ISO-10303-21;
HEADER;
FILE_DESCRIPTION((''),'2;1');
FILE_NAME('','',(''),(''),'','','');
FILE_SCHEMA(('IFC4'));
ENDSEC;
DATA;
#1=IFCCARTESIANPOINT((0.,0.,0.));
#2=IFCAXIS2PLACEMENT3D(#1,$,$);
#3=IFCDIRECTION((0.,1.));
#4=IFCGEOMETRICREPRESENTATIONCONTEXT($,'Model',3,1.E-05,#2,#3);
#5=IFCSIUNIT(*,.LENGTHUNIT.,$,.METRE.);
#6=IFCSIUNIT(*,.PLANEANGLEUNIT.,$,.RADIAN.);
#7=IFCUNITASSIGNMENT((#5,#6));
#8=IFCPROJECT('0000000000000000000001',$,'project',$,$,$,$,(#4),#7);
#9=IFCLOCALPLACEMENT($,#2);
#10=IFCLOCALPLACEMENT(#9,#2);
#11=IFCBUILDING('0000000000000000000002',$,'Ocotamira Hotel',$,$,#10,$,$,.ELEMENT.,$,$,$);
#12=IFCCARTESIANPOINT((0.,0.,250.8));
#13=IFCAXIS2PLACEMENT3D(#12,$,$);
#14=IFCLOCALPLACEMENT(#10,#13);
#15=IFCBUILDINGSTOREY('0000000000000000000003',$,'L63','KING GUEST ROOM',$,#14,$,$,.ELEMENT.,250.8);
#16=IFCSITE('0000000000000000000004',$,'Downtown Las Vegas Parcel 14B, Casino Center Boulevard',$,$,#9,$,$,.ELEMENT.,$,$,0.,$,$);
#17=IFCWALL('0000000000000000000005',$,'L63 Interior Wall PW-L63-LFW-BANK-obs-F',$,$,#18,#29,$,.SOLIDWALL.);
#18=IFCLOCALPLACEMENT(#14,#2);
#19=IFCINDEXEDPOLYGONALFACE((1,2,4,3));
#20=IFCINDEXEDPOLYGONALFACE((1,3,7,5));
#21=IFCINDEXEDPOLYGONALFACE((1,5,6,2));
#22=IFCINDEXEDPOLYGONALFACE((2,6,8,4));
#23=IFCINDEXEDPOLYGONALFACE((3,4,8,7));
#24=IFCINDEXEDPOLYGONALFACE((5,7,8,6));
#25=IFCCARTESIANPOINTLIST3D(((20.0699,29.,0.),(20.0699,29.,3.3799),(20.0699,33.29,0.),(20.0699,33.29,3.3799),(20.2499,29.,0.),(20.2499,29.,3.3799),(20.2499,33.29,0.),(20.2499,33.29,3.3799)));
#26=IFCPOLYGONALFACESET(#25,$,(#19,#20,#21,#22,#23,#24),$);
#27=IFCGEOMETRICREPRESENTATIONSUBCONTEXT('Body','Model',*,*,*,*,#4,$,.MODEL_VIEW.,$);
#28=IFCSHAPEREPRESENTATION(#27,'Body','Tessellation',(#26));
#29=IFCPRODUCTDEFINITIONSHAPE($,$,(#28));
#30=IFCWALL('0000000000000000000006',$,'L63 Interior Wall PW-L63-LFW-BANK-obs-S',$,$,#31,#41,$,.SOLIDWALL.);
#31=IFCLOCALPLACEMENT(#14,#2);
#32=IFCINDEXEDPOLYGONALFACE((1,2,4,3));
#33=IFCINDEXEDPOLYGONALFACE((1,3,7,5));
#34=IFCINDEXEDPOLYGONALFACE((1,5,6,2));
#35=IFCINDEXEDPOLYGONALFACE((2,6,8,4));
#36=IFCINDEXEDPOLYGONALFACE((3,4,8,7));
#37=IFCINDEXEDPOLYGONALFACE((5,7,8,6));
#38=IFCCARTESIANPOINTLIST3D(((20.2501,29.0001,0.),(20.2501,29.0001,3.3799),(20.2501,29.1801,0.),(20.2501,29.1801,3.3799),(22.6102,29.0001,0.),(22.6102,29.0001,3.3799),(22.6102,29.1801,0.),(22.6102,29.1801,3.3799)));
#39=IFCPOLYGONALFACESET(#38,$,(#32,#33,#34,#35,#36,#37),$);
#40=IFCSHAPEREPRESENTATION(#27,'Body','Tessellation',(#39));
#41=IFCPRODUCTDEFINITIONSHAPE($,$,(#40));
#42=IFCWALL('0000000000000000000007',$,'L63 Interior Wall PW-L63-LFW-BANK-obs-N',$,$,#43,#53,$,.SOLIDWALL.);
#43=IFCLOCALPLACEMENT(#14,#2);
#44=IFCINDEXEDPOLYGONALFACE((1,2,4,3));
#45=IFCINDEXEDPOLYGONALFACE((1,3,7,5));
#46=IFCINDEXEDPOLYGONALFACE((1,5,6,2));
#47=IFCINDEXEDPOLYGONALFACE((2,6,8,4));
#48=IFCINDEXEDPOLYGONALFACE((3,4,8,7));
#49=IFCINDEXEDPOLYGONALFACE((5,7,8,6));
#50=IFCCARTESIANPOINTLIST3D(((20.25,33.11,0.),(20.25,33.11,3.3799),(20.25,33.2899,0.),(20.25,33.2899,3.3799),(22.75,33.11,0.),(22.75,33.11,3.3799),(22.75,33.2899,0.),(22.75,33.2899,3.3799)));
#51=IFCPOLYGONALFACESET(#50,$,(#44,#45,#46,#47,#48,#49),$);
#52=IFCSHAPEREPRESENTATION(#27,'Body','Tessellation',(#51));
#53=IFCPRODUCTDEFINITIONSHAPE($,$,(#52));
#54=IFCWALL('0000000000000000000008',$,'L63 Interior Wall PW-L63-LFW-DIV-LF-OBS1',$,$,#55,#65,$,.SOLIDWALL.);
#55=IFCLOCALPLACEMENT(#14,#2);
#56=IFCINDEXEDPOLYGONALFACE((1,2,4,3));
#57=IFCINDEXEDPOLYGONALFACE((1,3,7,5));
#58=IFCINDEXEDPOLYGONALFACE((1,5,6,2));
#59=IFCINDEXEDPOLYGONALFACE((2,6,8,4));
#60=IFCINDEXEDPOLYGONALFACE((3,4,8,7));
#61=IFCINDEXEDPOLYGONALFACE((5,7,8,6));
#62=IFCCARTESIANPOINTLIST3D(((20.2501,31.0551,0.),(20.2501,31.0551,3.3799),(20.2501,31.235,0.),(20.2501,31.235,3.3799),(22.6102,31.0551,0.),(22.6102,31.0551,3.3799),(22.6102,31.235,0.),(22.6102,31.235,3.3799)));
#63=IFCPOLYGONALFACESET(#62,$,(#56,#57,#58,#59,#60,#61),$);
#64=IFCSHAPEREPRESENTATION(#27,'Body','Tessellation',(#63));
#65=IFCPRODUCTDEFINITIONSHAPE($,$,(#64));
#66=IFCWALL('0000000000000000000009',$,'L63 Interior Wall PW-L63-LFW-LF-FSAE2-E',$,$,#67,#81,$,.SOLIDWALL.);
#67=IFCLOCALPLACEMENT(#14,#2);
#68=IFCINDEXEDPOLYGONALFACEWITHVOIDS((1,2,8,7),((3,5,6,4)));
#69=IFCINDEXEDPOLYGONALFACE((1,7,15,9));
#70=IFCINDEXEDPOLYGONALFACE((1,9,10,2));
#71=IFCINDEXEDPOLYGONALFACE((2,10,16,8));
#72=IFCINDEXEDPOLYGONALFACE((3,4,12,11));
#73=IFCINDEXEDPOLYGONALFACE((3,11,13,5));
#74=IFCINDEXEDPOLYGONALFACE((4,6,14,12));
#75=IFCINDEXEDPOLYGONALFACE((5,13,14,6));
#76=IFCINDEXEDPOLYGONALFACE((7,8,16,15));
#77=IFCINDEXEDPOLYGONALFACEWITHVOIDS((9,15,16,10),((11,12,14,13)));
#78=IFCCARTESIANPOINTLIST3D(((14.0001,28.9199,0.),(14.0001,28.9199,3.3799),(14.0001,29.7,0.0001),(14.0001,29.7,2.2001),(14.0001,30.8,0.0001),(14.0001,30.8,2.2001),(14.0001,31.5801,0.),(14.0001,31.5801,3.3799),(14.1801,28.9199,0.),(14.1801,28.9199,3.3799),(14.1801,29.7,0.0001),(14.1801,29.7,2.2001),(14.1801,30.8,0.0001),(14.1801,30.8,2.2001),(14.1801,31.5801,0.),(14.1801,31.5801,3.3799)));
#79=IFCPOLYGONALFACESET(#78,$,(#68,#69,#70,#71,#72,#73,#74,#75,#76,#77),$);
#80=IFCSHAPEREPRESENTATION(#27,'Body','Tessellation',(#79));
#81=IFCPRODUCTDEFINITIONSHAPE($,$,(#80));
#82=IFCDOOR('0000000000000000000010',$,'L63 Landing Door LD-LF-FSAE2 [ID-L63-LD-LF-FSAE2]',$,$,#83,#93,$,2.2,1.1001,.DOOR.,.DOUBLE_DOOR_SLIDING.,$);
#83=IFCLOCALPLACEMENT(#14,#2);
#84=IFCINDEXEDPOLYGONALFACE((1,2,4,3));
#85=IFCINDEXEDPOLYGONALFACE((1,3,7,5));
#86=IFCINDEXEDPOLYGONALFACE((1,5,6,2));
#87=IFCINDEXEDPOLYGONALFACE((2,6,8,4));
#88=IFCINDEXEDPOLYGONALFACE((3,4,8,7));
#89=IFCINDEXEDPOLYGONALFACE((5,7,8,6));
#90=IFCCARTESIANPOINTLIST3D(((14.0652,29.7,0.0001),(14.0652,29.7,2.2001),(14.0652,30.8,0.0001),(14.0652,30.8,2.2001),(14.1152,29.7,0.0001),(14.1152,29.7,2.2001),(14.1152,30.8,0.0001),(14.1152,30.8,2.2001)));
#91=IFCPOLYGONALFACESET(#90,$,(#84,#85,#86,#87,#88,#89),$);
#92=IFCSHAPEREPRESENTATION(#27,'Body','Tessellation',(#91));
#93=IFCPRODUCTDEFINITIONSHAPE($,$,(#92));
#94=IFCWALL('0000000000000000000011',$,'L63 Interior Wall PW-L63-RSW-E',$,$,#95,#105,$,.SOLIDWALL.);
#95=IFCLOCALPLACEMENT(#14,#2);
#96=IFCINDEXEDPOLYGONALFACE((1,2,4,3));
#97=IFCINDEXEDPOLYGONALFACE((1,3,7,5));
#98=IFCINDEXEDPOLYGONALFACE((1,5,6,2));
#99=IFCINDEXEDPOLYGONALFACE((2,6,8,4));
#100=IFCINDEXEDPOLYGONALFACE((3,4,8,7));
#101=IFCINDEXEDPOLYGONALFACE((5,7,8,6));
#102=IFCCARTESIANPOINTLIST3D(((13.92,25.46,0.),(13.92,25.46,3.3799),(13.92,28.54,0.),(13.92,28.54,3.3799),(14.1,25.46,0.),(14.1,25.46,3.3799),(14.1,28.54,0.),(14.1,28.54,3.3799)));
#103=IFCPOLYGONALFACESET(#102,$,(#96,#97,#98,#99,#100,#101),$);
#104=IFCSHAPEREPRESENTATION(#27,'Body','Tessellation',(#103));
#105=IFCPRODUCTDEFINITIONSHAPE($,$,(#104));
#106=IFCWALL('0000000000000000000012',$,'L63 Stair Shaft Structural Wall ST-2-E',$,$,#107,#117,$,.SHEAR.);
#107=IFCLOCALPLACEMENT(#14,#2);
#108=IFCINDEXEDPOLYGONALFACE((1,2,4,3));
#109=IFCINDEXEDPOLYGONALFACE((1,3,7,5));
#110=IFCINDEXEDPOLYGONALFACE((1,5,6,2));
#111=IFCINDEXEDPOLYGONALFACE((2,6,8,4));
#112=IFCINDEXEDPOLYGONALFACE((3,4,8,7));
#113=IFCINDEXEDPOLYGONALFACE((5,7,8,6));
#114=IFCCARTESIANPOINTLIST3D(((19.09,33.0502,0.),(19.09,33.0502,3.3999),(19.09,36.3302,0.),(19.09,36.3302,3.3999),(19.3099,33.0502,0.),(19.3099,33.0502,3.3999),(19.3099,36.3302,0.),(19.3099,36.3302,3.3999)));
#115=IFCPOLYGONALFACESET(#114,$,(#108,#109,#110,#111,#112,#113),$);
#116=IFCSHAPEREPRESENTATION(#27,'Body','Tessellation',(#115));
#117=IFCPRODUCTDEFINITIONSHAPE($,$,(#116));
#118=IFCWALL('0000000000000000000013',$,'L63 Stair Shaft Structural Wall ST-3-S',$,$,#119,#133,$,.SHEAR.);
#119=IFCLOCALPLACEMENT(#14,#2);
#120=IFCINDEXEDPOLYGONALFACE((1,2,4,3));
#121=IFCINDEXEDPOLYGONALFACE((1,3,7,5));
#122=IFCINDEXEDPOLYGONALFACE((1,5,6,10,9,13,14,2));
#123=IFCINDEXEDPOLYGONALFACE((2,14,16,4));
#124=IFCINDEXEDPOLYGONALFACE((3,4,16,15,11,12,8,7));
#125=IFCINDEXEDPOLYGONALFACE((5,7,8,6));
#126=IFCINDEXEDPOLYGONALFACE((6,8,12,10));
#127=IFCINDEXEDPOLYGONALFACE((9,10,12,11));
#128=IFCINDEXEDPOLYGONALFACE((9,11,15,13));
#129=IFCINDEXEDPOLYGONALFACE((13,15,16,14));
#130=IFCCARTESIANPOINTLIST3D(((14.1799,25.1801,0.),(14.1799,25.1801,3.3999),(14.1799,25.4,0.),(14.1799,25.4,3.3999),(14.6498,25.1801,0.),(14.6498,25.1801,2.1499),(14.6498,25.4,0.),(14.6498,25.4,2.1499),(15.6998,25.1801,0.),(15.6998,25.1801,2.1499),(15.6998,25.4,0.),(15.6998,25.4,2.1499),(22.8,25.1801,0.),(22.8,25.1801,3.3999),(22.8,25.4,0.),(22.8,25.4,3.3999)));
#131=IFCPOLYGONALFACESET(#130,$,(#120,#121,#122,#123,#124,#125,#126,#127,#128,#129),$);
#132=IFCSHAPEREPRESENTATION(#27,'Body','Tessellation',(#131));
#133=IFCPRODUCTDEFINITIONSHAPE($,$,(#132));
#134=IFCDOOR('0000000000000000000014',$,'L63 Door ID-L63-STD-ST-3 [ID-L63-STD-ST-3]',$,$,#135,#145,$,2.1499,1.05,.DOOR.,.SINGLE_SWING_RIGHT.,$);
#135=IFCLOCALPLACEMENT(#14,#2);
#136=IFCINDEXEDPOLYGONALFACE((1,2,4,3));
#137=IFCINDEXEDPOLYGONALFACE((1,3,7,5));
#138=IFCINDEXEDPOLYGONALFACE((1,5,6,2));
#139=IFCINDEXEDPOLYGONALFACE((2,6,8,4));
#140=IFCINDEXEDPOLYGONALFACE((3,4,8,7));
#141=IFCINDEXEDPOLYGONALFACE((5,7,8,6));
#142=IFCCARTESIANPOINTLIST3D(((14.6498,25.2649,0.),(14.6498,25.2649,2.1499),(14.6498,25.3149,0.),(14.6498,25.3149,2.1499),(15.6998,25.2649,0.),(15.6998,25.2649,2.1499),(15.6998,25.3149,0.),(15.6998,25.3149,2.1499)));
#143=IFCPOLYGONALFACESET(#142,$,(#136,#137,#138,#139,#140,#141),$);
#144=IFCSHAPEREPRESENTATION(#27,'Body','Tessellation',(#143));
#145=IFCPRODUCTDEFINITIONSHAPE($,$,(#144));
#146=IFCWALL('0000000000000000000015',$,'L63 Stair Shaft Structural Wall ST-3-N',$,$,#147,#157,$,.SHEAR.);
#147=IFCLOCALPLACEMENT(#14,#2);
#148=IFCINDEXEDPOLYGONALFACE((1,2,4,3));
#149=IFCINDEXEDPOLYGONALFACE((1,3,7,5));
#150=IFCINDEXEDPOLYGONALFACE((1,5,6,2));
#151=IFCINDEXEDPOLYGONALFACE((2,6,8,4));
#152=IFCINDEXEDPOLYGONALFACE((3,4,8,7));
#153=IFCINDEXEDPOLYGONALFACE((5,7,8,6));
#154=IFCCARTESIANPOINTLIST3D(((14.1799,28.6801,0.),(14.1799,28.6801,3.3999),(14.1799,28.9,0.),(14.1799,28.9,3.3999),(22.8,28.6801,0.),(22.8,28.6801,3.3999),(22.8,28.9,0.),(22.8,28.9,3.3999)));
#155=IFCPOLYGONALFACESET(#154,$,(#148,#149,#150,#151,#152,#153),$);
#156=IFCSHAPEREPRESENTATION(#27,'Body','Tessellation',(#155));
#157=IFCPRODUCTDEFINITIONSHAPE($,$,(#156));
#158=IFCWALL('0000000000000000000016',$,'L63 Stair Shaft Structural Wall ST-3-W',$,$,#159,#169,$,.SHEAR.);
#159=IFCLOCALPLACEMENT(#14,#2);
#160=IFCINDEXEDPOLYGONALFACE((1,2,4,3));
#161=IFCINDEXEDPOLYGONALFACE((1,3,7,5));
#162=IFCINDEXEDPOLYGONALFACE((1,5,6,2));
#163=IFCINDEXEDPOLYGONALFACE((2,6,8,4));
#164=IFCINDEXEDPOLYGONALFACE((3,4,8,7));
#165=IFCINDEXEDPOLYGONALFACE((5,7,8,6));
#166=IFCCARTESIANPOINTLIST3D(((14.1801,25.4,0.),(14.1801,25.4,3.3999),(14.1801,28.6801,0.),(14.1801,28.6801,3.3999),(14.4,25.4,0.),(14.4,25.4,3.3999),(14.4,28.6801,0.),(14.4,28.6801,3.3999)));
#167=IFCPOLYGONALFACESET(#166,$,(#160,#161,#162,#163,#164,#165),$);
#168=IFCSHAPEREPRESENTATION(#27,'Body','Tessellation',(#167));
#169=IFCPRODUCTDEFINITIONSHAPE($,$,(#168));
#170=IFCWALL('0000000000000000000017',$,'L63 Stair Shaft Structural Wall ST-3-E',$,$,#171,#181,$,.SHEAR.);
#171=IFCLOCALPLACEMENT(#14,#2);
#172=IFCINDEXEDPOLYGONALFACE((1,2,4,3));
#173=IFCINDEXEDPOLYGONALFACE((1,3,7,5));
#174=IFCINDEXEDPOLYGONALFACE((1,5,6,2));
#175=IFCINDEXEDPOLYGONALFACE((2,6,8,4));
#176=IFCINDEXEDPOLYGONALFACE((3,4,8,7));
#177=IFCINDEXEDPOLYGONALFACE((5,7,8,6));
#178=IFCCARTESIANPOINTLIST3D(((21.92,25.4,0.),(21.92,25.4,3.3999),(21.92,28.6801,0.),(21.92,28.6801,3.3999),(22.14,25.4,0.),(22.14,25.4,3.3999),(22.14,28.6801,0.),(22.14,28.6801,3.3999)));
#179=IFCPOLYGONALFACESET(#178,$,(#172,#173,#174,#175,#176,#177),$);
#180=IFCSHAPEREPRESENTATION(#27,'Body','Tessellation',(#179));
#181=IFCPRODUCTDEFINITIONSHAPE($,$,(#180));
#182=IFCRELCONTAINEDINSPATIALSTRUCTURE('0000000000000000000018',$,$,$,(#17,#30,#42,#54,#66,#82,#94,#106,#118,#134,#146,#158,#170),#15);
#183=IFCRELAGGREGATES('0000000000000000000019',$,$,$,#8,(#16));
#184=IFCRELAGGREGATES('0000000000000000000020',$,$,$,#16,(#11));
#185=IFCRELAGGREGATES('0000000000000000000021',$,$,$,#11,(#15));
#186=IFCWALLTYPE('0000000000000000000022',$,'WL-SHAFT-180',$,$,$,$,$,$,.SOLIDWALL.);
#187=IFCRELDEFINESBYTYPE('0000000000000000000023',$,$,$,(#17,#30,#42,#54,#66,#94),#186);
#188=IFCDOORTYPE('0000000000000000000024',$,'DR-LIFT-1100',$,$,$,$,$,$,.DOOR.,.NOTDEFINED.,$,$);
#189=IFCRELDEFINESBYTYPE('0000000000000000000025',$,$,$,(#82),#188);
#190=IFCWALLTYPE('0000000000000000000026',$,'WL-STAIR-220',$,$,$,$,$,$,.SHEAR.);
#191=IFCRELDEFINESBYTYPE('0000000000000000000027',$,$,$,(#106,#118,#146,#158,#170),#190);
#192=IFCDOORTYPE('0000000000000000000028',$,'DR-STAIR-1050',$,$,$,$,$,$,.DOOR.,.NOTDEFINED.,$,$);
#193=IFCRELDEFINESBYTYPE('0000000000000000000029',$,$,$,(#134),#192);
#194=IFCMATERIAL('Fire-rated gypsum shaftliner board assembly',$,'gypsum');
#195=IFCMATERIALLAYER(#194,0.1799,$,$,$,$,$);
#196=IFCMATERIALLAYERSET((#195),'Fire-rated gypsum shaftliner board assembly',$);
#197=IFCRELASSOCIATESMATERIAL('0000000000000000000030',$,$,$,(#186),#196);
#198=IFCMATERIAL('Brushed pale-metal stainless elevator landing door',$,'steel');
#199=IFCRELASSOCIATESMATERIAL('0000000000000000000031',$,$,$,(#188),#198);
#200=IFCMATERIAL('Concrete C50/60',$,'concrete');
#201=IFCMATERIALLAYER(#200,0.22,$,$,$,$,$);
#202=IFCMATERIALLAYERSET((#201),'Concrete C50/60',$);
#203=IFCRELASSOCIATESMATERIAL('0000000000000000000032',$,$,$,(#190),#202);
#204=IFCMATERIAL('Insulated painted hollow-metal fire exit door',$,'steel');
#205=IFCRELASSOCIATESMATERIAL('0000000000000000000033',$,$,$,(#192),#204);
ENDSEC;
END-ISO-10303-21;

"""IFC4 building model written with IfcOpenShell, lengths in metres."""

from ifc_helpers import new_model, si_unit, direction, frame, frame_2d, origin, place, context, subcontext, project, spatial, rectangle, extrude, source, transform, mapped, material, layer, layer_set, type_object, element, fill, save


model = new_model("IFC4")

# Units and contexts
model_context = context("Model", 3, precision=1e-05, world=origin(), true_north=direction((0.0, 1.0)))
body_context = subcontext(model_context, "Body", "Model", "MODEL_VIEW")
ifc_project = project(units=[si_unit("LENGTHUNIT", "METRE"), si_unit("PLANEANGLEUNIT", "RADIAN")], contexts=[model_context])

# Site, building, storey
site_placement = place(None, origin())
site = spatial("IfcSite", under=ifc_project, at=site_placement, Name="Downtown Las Vegas Parcel 14B, Casino Center Boulevard", CompositionType="ELEMENT", RefElevation=0.0)
building_placement = place(site_placement, origin())
building = spatial("IfcBuilding", under=site, at=building_placement, Name="Ocotamira Hotel", CompositionType="ELEMENT")
storey_placement = place(building_placement, frame((0.0, 0.0, 250.8)))
storey = spatial("IfcBuildingStorey", under=building, at=storey_placement, Name="L63", Description="KING GUEST ROOM", CompositionType="ELEMENT", Elevation=250.8)

# Walls
ifc_material_1 = material(Name="Fire-rated gypsum shaftliner board assembly", Category="gypsum")
ifc_layer_1 = layer(ifc_material_1, 0.1799)
ifc_layer_set_1 = layer_set([ifc_layer_1], Name="Fire-rated gypsum shaftliner board assembly")
wall_type_1 = type_object("IfcWallType", Name="WL-SHAFT-180", PredefinedType="SOLIDWALL", material=ifc_layer_set_1)
wall_1_placement = place(storey_placement, frame((20.1599, 29.0, 0.0), z_axis=(0.0, 0.0, 1.0), x_axis=(0.0, 1.0, 0.0)))
element("IfcWall", 1, at=wall_1_placement, inside=storey, type_object=wall_type_1, Name="L63 Interior Wall PW-L63-LFW-BANK-obs-F", PredefinedType="SOLIDWALL", context=body_context, shape_type="SweptSolid", body=[
    extrude(rectangle(XDim=4.29, YDim=0.1799, at=frame_2d((2.145, 0.0))), origin(), (0.0, 0.0, 1.0), 3.3799),
])
wall_2_placement = place(storey_placement, frame((20.25, 29.0901, 0.0), z_axis=(0.0, 0.0, 1.0), x_axis=(1.0, 0.0, 0.0)))
element("IfcWall", 2, at=wall_2_placement, inside=storey, type_object=wall_type_1, Name="L63 Interior Wall PW-L63-LFW-BANK-obs-S", PredefinedType="SOLIDWALL", context=body_context, shape_type="SweptSolid", body=[
    extrude(rectangle(XDim=2.3601, YDim=0.1799, at=frame_2d((1.1802, 0.0))), origin(), (0.0, 0.0, 1.0), 3.3799),
])
wall_3_placement = place(storey_placement, frame((20.25, 33.2, 0.0), z_axis=(0.0, 0.0, 1.0), x_axis=(1.0, 0.0, 0.0)))
element("IfcWall", 3, at=wall_3_placement, inside=storey, type_object=wall_type_1, Name="L63 Interior Wall PW-L63-LFW-BANK-obs-N", PredefinedType="SOLIDWALL", context=body_context, shape_type="SweptSolid", body=[
    extrude(rectangle(XDim=2.5, YDim=0.1799, at=frame_2d((1.25, 0.0))), origin(), (0.0, 0.0, 1.0), 3.3799),
])
wall_4_placement = place(storey_placement, frame((20.25, 31.145, 0.0), z_axis=(0.0, 0.0, 1.0), x_axis=(1.0, 0.0, 0.0)))
element("IfcWall", 4, at=wall_4_placement, inside=storey, type_object=wall_type_1, Name="L63 Interior Wall PW-L63-LFW-DIV-LF-OBS1", PredefinedType="SOLIDWALL", context=body_context, shape_type="SweptSolid", body=[
    extrude(rectangle(XDim=2.3601, YDim=0.1799, at=frame_2d((1.1802, 0.0))), origin(), (0.0, 0.0, 1.0), 3.3799),
])

# Wall, opening, door
wall_5_placement = place(storey_placement, frame((14.0901, 28.9199, 0.0), z_axis=(0.0, 0.0, 1.0), x_axis=(0.0, 1.0, 0.0)))
wall_5 = element("IfcWall", 5, at=wall_5_placement, inside=storey, type_object=wall_type_1, Name="L63 Interior Wall PW-L63-LFW-LF-FSAE2-E", PredefinedType="SOLIDWALL", context=body_context, shape_type="SweptSolid", body=[
    extrude(rectangle(XDim=2.6602, YDim=0.1799, at=frame_2d((1.3301, 0.0))), origin(), (0.0, 0.0, 1.0), 3.3799),
])
opening_1_placement = place(wall_5_placement, frame((0.78, 0.0, 0.0)))
opening_1 = element("IfcOpeningElement", 6, at=opening_1_placement, cuts=wall_5, PredefinedType="OPENING", context=body_context, shape_type="SweptSolid", body=[
    extrude(rectangle(XDim=1.1001, YDim=2.2, at=frame_2d((0.55, 1.1001))), frame((0.0, 0.1001, 0.0), z_axis=(0.0, -1.0, 0.0), x_axis=(1.0, 0.0, 0.0)), (0.0, 0.0, 1.0), 0.2),
])
ifc_material_2 = material(Name="Brushed pale-metal stainless elevator landing door", Category="steel")
door_type_1 = type_object("IfcDoorType", Name="DR-LIFT-1100", OperationType="NOTDEFINED", PredefinedType="DOOR", material=ifc_material_2)
shared_shape_1 = source(origin(), body_context, "Body", "SweptSolid", [
    extrude(rectangle(XDim=1.1001, YDim=2.2, at=frame_2d((0.55, 1.1001))), frame((0.0, 0.0249, 0.0), z_axis=(0.0, -1.0, 0.0), x_axis=(1.0, 0.0, 0.0)), (0.0, 0.0, 1.0), 0.05),
])
door_1_placement = place(opening_1_placement, origin())
door_1 = element("IfcDoor", 7, at=door_1_placement, inside=storey, type_object=door_type_1, Name="L63 Landing Door LD-LF-FSAE2 [ID-L63-LD-LF-FSAE2]", OperationType="DOUBLE_DOOR_SLIDING", OverallHeight=2.2, OverallWidth=1.1001, PredefinedType="DOOR", context=body_context, shape_type="MappedRepresentation", body=[
    mapped(shared_shape_1, transform((0.0, 0.0, 0.0), scale=1.0)),
])
fill(opening_1, door_1)

# Walls
wall_6_placement = place(storey_placement, frame((14.01, 25.46, 0.0), z_axis=(0.0, 0.0, 1.0), x_axis=(0.0, 1.0, 0.0)))
element("IfcWall", 8, at=wall_6_placement, inside=storey, type_object=wall_type_1, Name="L63 Interior Wall PW-L63-RSW-E", PredefinedType="SOLIDWALL", context=body_context, shape_type="SweptSolid", body=[
    extrude(rectangle(XDim=3.0801, YDim=0.1799, at=frame_2d((1.54, 0.0))), origin(), (0.0, 0.0, 1.0), 3.3799),
])
ifc_material_3 = material(Name="Concrete C50/60", Category="concrete")
ifc_layer_2 = layer(ifc_material_3, 0.22)
ifc_layer_set_2 = layer_set([ifc_layer_2], Name="Concrete C50/60")
wall_type_2 = type_object("IfcWallType", Name="WL-STAIR-220", PredefinedType="SHEAR", material=ifc_layer_set_2)
wall_7_placement = place(storey_placement, frame((19.2, 33.05, 0.0), z_axis=(0.0, 0.0, 1.0), x_axis=(0.0, 1.0, 0.0)))
element("IfcWall", 9, at=wall_7_placement, inside=storey, type_object=wall_type_2, Name="L63 Stair Shaft Structural Wall ST-2-E", PredefinedType="SHEAR", context=body_context, shape_type="SweptSolid", body=[
    extrude(rectangle(XDim=3.28, YDim=0.22, at=frame_2d((1.6401, 0.0))), origin(), (0.0, 0.0, 1.0), 3.3999),
])

# Wall, opening, door
wall_8_placement = place(storey_placement, frame((14.1799, 25.29, 0.0), z_axis=(0.0, 0.0, 1.0), x_axis=(1.0, 0.0, 0.0)))
wall_8 = element("IfcWall", 10, at=wall_8_placement, inside=storey, type_object=wall_type_2, Name="L63 Stair Shaft Structural Wall ST-3-S", PredefinedType="SHEAR", context=body_context, shape_type="SweptSolid", body=[
    extrude(rectangle(XDim=8.6201, YDim=0.22, at=frame_2d((4.3101, 0.0))), origin(), (0.0, 0.0, 1.0), 3.3999),
])
opening_2_placement = place(wall_8_placement, frame((0.47, 0.0, 0.0)))
opening_2 = element("IfcOpeningElement", 11, at=opening_2_placement, cuts=wall_8, PredefinedType="OPENING", context=body_context, shape_type="SweptSolid", body=[
    extrude(rectangle(XDim=1.05, YDim=2.1499, at=frame_2d((0.5249, 1.075))), frame((0.0, 0.1201, 0.0), z_axis=(0.0, -1.0, 0.0), x_axis=(1.0, 0.0, 0.0)), (0.0, 0.0, 1.0), 0.24),
])
ifc_material_4 = material(Name="Insulated painted hollow-metal fire exit door", Category="steel")
door_type_2 = type_object("IfcDoorType", Name="DR-STAIR-1050", OperationType="NOTDEFINED", PredefinedType="DOOR", material=ifc_material_4)
shared_shape_2 = source(origin(), body_context, "Body", "SweptSolid", [
    extrude(rectangle(XDim=1.05, YDim=2.1499, at=frame_2d((0.5249, 1.075))), frame((0.0, 0.0249, 0.0), z_axis=(0.0, -1.0, 0.0), x_axis=(1.0, 0.0, 0.0)), (0.0, 0.0, 1.0), 0.05),
])
door_2_placement = place(opening_2_placement, origin())
door_2 = element("IfcDoor", 12, at=door_2_placement, inside=storey, type_object=door_type_2, Name="L63 Door ID-L63-STD-ST-3 [ID-L63-STD-ST-3]", OperationType="SINGLE_SWING_RIGHT", OverallHeight=2.1499, OverallWidth=1.05, PredefinedType="DOOR", context=body_context, shape_type="MappedRepresentation", body=[
    mapped(shared_shape_2, transform((0.0, 0.0, 0.0), scale=1.0)),
])
fill(opening_2, door_2)

# Walls
wall_9_placement = place(storey_placement, frame((14.1799, 28.79, 0.0), z_axis=(0.0, 0.0, 1.0), x_axis=(1.0, 0.0, 0.0)))
element("IfcWall", 13, at=wall_9_placement, inside=storey, type_object=wall_type_2, Name="L63 Stair Shaft Structural Wall ST-3-N", PredefinedType="SHEAR", context=body_context, shape_type="SweptSolid", body=[
    extrude(rectangle(XDim=8.6201, YDim=0.22, at=frame_2d((4.3101, 0.0))), origin(), (0.0, 0.0, 1.0), 3.3999),
])
for number, where, z_axis, x_axis, name in (
    (14, (14.29, 25.3999, 0.0), (0.0, 0.0, 1.0), (0.0, 1.0, 0.0), "L63 Stair Shaft Structural Wall ST-3-W"),
    (15, (22.03, 25.3999, 0.0), (0.0, 0.0, 1.0), (0.0, 1.0, 0.0), "L63 Stair Shaft Structural Wall ST-3-E"),
):
    element("IfcWall", number, at=place(storey_placement, frame(where, z_axis=z_axis, x_axis=x_axis)), inside=storey, type_object=wall_type_2, Name=name, PredefinedType="SHEAR", context=body_context, shape_type="SweptSolid", body=[
        extrude(rectangle(XDim=3.28, YDim=0.22, at=frame_2d((1.6401, 0.0))), origin(), (0.0, 0.0, 1.0), 3.3999),
    ])

save(model, "model.ifc")
